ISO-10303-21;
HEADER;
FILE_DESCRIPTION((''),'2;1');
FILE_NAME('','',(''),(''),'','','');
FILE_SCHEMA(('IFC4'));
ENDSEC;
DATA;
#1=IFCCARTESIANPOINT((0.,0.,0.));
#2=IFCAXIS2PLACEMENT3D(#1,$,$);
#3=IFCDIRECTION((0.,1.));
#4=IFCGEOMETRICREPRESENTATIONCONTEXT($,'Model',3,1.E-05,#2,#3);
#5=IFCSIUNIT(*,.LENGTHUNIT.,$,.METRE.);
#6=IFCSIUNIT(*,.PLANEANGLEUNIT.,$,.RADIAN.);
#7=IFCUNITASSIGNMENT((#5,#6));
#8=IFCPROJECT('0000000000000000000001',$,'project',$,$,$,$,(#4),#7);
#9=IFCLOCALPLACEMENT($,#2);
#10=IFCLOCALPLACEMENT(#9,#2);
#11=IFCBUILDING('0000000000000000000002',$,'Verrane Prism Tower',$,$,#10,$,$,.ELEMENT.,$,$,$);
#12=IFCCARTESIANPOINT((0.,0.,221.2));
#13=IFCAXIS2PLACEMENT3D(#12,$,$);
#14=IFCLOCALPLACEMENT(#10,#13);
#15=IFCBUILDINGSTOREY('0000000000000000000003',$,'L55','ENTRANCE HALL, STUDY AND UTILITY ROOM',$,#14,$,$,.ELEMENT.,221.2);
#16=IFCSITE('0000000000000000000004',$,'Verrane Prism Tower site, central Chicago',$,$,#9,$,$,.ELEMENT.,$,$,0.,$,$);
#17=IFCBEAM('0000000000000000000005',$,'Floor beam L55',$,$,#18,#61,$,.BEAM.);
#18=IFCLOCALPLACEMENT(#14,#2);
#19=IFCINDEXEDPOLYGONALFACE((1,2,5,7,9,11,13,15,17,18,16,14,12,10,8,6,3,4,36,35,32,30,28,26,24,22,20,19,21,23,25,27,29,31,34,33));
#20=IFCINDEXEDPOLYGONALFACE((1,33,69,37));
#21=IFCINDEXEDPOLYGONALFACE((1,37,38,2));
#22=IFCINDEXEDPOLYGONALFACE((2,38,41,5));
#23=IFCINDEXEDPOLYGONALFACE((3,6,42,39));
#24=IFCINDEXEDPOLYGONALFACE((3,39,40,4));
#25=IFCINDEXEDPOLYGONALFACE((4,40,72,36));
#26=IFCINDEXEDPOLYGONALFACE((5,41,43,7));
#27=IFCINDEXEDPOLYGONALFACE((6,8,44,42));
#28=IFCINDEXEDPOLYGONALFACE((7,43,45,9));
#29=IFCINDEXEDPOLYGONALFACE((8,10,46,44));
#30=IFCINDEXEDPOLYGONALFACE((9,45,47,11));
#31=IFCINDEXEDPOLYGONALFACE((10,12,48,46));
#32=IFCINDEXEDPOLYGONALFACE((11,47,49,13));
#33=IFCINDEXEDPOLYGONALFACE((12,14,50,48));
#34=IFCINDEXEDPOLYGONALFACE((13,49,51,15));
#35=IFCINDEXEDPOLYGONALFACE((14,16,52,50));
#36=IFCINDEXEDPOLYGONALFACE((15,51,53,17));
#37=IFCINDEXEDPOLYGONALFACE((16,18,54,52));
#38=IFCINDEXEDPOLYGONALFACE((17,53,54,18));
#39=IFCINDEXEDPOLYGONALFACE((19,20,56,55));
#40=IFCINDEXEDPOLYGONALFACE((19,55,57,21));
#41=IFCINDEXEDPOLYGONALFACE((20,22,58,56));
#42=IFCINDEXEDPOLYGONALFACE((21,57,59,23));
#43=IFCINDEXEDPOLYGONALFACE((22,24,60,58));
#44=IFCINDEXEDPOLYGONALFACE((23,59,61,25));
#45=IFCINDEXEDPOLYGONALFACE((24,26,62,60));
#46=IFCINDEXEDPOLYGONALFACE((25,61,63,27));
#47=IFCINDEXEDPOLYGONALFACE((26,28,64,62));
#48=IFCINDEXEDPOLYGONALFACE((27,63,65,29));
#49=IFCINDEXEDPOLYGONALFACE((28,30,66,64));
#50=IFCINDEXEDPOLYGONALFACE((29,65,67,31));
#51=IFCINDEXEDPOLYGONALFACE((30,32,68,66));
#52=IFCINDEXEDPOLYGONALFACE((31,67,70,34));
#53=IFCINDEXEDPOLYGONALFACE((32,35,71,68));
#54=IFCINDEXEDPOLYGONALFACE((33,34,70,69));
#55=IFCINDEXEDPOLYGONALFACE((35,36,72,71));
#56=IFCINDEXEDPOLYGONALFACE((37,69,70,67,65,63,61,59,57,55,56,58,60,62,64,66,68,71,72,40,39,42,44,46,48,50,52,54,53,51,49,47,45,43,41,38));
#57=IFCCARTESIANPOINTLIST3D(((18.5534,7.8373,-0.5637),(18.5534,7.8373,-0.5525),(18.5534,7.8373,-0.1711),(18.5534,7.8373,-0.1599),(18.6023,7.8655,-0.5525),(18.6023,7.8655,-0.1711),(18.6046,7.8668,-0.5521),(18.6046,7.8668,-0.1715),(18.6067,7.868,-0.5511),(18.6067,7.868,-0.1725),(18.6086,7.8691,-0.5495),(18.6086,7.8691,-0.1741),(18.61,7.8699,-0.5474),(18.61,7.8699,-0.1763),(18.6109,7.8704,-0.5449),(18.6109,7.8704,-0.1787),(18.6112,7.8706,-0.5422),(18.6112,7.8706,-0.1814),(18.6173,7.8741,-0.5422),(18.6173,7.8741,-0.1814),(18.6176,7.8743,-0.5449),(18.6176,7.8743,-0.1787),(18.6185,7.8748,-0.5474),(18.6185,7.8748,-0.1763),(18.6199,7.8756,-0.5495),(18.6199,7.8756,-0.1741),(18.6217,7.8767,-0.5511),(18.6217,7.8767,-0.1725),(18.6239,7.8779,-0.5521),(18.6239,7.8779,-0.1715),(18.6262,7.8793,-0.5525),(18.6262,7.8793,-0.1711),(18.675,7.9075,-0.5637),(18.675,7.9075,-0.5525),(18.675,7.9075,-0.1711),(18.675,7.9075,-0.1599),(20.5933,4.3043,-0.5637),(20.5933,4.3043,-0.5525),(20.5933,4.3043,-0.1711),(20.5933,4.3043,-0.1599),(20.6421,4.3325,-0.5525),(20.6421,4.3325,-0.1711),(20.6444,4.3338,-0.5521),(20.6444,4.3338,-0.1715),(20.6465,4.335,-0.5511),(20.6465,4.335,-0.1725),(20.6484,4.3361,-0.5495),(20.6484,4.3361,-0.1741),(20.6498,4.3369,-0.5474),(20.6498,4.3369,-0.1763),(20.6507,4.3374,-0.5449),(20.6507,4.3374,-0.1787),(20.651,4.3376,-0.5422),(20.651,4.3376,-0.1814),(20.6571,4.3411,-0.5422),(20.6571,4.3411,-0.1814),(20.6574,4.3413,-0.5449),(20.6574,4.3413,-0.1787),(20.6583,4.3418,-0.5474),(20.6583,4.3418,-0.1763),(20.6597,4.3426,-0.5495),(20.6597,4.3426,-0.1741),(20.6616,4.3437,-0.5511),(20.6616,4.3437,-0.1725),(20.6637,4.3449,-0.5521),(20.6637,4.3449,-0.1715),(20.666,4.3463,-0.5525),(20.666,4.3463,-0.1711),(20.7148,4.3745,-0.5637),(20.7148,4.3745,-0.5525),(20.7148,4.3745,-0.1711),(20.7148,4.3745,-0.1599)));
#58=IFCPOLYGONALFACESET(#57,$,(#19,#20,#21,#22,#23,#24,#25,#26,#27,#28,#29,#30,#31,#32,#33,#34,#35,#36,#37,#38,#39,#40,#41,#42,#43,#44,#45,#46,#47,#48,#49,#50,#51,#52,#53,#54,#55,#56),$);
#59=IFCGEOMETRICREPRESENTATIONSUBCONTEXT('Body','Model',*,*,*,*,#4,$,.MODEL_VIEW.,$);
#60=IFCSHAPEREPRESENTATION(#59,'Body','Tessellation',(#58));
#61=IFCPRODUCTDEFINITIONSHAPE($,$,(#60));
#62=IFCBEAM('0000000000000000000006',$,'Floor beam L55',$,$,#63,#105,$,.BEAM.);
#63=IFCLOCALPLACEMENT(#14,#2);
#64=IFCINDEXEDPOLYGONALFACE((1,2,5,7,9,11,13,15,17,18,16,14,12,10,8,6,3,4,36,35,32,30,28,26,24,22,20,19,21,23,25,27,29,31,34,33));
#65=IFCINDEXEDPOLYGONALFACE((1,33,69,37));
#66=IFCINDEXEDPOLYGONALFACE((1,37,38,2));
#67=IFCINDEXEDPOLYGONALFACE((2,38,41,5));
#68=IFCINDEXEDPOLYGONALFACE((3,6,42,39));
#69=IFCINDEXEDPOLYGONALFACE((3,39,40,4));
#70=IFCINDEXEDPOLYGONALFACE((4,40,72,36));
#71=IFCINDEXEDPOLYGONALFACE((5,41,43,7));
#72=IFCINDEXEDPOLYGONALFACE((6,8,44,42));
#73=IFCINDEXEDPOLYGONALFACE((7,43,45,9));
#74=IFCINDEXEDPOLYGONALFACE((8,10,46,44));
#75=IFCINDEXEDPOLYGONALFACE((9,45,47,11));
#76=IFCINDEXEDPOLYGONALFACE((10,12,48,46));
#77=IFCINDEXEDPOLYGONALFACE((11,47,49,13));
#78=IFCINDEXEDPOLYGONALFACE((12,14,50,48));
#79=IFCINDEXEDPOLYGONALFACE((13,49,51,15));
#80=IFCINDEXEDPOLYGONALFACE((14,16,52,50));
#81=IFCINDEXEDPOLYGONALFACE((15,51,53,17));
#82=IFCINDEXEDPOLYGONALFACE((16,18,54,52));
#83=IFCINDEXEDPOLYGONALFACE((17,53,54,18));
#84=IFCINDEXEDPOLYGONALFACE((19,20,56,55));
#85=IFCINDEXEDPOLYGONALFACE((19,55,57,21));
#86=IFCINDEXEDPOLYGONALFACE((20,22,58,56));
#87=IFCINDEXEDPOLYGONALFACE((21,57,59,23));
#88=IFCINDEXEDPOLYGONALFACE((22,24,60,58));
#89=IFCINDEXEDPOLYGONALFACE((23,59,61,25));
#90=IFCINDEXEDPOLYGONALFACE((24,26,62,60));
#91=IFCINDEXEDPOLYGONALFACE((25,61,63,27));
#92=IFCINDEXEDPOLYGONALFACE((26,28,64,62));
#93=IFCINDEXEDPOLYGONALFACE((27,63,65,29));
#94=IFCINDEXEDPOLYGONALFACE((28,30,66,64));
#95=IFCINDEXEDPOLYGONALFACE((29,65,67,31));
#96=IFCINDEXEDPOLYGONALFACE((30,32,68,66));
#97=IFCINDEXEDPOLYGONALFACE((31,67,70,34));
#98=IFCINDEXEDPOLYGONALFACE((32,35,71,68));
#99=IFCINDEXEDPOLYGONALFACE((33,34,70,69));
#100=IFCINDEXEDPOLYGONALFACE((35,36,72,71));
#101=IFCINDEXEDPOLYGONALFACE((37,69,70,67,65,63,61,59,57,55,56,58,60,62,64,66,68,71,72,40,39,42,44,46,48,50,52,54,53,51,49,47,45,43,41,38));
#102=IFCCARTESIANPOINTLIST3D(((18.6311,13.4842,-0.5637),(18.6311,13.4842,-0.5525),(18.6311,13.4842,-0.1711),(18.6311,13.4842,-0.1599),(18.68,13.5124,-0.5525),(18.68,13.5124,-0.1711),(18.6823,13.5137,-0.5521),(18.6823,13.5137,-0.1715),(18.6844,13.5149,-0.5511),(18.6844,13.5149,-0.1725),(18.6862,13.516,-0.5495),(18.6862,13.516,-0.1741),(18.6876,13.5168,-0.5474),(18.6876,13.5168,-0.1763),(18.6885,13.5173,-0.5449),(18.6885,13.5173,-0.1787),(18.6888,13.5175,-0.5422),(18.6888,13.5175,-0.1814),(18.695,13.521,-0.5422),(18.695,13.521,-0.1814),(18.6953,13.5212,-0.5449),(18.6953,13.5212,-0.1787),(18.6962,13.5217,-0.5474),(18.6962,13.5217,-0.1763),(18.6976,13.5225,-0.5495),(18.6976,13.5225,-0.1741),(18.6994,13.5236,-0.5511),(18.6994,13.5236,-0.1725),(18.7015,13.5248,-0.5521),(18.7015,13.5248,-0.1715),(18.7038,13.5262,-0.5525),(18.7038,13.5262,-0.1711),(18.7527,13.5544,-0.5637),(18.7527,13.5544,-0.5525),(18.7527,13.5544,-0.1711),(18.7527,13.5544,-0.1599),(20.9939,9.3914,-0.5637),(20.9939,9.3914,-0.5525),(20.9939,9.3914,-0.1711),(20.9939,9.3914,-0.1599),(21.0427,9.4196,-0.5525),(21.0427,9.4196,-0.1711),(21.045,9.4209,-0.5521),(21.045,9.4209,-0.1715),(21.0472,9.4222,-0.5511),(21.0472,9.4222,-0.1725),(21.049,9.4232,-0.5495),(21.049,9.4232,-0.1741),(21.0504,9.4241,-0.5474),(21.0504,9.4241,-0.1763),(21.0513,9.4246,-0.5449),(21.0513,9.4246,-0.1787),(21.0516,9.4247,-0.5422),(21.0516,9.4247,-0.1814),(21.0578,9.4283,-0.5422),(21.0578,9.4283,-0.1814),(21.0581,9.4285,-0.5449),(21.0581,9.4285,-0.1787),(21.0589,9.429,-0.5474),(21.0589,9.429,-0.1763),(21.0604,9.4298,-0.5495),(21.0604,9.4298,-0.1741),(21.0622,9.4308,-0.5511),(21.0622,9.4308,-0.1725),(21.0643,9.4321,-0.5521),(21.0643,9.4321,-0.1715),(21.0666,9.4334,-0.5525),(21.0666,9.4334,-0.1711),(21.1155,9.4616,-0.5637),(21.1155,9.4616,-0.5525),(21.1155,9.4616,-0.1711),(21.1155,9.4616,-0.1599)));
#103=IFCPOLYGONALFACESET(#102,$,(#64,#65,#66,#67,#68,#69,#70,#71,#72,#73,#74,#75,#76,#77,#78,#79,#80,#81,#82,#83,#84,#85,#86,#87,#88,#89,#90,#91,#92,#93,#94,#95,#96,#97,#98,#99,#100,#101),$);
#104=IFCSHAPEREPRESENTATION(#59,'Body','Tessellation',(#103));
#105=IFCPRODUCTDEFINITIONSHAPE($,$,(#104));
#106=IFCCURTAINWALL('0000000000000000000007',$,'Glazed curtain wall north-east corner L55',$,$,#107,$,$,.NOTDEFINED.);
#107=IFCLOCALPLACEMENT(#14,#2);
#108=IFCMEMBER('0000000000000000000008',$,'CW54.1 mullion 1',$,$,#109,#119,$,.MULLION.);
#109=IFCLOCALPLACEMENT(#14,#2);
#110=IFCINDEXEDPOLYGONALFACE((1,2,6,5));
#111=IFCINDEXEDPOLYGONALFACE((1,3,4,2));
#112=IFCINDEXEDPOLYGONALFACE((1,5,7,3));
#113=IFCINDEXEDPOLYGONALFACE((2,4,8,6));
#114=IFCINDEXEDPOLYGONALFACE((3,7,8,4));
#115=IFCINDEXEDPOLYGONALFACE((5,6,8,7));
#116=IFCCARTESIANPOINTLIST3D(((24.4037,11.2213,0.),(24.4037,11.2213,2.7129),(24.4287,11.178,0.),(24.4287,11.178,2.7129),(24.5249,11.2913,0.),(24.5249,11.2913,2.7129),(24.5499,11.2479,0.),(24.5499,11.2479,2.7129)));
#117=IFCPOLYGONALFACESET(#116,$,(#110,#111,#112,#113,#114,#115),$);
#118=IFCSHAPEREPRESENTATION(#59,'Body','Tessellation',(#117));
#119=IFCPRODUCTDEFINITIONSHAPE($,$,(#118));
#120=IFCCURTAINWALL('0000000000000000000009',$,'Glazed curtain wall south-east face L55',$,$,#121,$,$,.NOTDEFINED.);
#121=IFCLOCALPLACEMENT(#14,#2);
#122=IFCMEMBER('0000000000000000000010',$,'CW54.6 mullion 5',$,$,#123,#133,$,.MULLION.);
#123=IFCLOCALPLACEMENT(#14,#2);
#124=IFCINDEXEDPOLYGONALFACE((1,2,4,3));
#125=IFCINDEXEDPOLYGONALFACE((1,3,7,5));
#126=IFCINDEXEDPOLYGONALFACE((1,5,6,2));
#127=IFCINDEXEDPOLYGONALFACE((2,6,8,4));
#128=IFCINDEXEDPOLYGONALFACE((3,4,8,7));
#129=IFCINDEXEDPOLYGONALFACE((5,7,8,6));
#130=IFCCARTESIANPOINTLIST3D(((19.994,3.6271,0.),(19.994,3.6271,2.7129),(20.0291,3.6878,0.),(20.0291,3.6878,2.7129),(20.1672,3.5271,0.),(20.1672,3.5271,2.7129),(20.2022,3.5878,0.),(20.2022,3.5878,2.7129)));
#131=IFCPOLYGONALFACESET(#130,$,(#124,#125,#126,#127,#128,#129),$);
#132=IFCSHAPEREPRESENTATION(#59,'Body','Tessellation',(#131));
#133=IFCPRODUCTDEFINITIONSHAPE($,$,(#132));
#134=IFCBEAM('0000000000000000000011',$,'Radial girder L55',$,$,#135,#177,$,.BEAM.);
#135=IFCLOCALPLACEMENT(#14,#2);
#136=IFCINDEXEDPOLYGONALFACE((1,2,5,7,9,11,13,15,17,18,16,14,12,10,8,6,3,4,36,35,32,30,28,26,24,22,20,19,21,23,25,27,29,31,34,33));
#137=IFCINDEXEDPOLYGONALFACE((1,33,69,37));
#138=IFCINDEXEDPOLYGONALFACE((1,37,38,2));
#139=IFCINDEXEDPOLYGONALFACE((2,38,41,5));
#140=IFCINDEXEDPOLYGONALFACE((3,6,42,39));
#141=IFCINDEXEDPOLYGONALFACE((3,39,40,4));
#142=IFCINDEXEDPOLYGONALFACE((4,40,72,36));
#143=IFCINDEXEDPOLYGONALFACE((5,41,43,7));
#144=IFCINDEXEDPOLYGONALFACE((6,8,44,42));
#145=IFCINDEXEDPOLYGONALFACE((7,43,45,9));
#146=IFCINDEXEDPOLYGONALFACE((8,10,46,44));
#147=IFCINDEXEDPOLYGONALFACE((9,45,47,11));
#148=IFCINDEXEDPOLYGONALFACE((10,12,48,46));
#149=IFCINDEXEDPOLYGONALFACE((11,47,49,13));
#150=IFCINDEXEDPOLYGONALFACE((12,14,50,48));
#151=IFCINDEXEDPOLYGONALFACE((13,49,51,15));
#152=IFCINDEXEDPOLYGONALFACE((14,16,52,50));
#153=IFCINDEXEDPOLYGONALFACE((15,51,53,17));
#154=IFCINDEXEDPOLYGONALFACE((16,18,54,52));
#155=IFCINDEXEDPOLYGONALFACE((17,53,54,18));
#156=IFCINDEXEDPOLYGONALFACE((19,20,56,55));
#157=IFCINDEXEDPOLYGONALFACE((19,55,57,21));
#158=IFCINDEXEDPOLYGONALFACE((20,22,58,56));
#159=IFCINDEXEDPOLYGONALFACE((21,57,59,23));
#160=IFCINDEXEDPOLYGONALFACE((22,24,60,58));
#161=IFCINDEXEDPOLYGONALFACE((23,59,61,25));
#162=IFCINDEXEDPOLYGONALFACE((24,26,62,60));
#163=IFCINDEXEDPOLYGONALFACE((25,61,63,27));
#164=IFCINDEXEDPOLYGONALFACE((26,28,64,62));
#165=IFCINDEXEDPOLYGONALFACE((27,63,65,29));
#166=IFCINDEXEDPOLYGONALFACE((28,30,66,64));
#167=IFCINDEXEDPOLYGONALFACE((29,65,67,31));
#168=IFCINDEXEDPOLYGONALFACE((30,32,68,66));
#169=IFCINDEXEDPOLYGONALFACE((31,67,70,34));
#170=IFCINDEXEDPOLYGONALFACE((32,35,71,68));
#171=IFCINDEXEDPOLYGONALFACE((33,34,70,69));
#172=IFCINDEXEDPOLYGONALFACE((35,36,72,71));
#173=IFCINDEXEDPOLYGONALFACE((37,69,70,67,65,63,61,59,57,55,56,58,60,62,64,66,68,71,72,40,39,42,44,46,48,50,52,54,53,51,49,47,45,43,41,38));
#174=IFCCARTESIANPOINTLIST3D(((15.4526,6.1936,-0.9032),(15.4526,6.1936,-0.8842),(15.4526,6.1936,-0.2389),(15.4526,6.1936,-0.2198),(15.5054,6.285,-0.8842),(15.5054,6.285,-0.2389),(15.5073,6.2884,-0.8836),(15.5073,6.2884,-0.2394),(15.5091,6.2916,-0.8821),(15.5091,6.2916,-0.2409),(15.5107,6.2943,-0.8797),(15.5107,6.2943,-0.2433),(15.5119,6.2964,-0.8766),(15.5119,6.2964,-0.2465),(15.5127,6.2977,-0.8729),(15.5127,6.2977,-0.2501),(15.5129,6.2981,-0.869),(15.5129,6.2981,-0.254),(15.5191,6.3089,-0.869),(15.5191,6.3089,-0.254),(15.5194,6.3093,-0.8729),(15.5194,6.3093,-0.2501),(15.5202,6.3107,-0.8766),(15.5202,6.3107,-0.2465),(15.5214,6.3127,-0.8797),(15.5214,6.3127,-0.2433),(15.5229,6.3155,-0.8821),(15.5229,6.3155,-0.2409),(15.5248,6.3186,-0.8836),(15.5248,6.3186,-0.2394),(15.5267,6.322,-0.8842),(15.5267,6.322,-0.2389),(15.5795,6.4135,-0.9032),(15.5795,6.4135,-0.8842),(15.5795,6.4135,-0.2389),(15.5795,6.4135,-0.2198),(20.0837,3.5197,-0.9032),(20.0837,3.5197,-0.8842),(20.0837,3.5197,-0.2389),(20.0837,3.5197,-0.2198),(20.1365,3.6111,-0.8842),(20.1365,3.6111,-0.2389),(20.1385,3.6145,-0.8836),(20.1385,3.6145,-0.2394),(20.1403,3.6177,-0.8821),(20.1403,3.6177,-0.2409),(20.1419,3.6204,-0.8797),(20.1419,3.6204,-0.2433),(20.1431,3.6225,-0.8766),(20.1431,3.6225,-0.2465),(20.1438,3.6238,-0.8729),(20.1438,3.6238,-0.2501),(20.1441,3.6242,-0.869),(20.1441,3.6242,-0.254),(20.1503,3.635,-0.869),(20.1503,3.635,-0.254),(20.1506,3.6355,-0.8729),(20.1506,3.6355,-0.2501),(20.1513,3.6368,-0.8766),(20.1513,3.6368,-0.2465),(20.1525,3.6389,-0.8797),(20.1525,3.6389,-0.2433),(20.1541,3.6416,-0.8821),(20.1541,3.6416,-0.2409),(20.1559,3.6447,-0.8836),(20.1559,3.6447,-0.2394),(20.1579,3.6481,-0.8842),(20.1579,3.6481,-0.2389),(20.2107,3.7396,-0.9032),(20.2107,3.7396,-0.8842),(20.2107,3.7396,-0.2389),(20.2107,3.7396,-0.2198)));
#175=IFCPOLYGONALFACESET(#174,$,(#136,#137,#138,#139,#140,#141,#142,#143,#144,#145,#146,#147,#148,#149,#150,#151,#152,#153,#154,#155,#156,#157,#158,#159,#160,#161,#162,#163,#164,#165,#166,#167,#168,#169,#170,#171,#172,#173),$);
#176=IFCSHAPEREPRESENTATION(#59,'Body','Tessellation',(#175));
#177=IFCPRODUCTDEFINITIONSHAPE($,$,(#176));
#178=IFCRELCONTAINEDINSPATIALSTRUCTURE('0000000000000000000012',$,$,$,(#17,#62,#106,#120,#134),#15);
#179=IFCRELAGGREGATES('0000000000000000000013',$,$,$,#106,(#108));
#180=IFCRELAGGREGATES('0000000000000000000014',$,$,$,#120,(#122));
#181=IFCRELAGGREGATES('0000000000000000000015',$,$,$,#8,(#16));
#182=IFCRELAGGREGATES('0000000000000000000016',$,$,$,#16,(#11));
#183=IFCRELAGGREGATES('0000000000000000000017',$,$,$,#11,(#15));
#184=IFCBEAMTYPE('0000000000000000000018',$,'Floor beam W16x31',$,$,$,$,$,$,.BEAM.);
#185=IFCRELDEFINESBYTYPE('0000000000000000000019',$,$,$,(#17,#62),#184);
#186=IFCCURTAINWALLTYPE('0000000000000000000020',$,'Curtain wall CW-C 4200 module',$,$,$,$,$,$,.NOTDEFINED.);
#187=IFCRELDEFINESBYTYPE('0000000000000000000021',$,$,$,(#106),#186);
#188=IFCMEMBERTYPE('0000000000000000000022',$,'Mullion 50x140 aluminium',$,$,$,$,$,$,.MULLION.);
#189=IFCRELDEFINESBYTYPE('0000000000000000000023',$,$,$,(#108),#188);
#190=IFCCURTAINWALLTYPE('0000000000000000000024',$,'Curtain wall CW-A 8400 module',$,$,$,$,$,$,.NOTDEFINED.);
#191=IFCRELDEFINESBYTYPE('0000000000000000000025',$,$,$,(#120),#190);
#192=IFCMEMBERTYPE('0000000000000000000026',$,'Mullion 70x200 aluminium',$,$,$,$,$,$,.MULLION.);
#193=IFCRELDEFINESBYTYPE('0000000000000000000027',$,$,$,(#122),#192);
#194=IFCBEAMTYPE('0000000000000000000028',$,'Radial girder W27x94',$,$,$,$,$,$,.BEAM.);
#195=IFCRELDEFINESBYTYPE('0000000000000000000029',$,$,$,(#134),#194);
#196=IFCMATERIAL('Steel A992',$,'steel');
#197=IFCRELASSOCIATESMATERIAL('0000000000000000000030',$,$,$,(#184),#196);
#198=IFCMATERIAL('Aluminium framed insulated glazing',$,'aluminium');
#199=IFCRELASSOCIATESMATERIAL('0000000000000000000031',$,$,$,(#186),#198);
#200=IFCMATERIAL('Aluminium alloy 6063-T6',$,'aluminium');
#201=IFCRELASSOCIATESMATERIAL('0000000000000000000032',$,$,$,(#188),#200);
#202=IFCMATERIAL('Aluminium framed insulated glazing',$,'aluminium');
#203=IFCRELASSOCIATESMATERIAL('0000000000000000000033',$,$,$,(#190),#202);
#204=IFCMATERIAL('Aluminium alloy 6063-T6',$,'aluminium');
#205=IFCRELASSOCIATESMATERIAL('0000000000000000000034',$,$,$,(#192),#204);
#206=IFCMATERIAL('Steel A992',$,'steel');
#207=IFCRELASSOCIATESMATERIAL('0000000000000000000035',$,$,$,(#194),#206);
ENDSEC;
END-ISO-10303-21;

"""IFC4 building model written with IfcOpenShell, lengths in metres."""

from ifc_helpers import new_model, si_unit, direction, frame, origin, origin_2d, place, context, subcontext, project, spatial, rectangle, i_section, extrude, material, material_profile, profile_set, type_object, element, aggregate, save


model = new_model("IFC4")

# Units and contexts
model_context = context("Model", 3, precision=1e-05, world=origin(), true_north=direction((0.0, 1.0)))
body_context = subcontext(model_context, "Body", "Model", "MODEL_VIEW")
ifc_project = project(units=[si_unit("LENGTHUNIT", "METRE"), si_unit("PLANEANGLEUNIT", "RADIAN")], contexts=[model_context])

# Site, building, storey
site_placement = place(None, origin())
site = spatial("IfcSite", under=ifc_project, at=site_placement, Name="Verrane Prism Tower site, central Chicago", CompositionType="ELEMENT", RefElevation=0.0)
building_placement = place(site_placement, origin())
building = spatial("IfcBuilding", under=site, at=building_placement, Name="Verrane Prism Tower", CompositionType="ELEMENT")
storey_placement = place(building_placement, frame((0.0, 0.0, 221.2)))
storey = spatial("IfcBuildingStorey", under=building, at=storey_placement, Name="L55", Description="ENTRANCE HALL, STUDY AND UTILITY ROOM", CompositionType="ELEMENT", Elevation=221.2)

# Beams
ifc_material_1 = material(Name="Steel A992", Category="steel")
ifc_material_profile_1 = material_profile(ifc_material_1, i_section(OverallWidth=0.1404, OverallDepth=0.4038, WebThickness=0.0071, FlangeThickness=0.0112, FilletRadius=0.0103, at=origin_2d()), Name="W16x31")
ifc_profile_set_1 = profile_set([ifc_material_profile_1], Name="Steel A992")
beam_type_1 = type_object("IfcBeamType", Name="Floor beam W16x31", PredefinedType="BEAM", material=ifc_profile_set_1)
beam_1_placement = place(storey_placement, frame((20.6541, 4.3394, -0.3618), z_axis=(-0.500007, 0.866021, 0.0), x_axis=(-0.866021, -0.500007, 0.0)))
element("IfcBeam", 1, at=beam_1_placement, inside=storey, type_object=beam_type_1, Name="Floor beam L55", PredefinedType="BEAM", context=body_context, shape_type="SweptSolid", body=[
    extrude(i_section(OverallWidth=0.1404, OverallDepth=0.4038, WebThickness=0.0071, FlangeThickness=0.0112, FilletRadius=0.0103, at=origin_2d()), origin(), (0.0, 0.0, 1.0), 4.0796),
])
beam_2_placement = place(storey_placement, frame((21.0547, 9.4265, -0.3618), z_axis=(-0.499973, 0.866041, 0.0), x_axis=(-0.866041, -0.499973, 0.0)))
element("IfcBeam", 2, at=beam_2_placement, inside=storey, type_object=beam_type_1, Name="Floor beam L55", PredefinedType="BEAM", context=body_context, shape_type="SweptSolid", body=[
    extrude(i_section(OverallWidth=0.1404, OverallDepth=0.4038, WebThickness=0.0071, FlangeThickness=0.0112, FilletRadius=0.0103, at=origin_2d()), origin(), (0.0, 0.0, 1.0), 4.7258),
])

# Curtain walls, members
ifc_material_2 = material(Name="Aluminium framed insulated glazing", Category="aluminium")
curtain_wall_type_1 = type_object("IfcCurtainWallType", Name="Curtain wall CW-C 4200 module", PredefinedType="NOTDEFINED", material=ifc_material_2)
curtain_wall_1_placement = place(storey_placement, origin())
curtain_wall_1 = element("IfcCurtainWall", 3, at=curtain_wall_1_placement, inside=storey, type_object=curtain_wall_type_1, Name="Glazed curtain wall north-east corner L55", PredefinedType="NOTDEFINED")
ifc_material_3 = material(Name="Aluminium alloy 6063-T6", Category="aluminium")
ifc_material_profile_2 = material_profile(ifc_material_3, rectangle(XDim=0.1399, YDim=0.05, at=origin_2d()), Name="Mullion 50x140 aluminium")
ifc_profile_set_2 = profile_set([ifc_material_profile_2], Name="Aluminium alloy 6063-T6")
member_type_1 = type_object("IfcMemberType", Name="Mullion 50x140 aluminium", PredefinedType="MULLION", material=ifc_profile_set_2)
member_1_placement = place(storey_placement, frame((24.4768, 11.2346, 0.0), z_axis=(0.0, 0.0, 1.0), x_axis=(-0.866028, -0.499995, 0.0)))
member_1 = element("IfcMember", 4, at=member_1_placement, type_object=member_type_1, Name="CW54.1 mullion 1", PredefinedType="MULLION", context=body_context, shape_type="SweptSolid", body=[
    extrude(rectangle(XDim=0.1399, YDim=0.05, at=origin_2d()), origin(), (0.0, 0.0, 1.0), 2.7129),
])
ifc_material_4 = material(Name="Aluminium framed insulated glazing", Category="aluminium")
curtain_wall_type_2 = type_object("IfcCurtainWallType", Name="Curtain wall CW-A 8400 module", PredefinedType="NOTDEFINED", material=ifc_material_4)
curtain_wall_2_placement = place(storey_placement, origin())
curtain_wall_2 = element("IfcCurtainWall", 5, at=curtain_wall_2_placement, inside=storey, type_object=curtain_wall_type_2, Name="Glazed curtain wall south-east face L55", PredefinedType="NOTDEFINED")
ifc_material_5 = material(Name="Aluminium alloy 6063-T6", Category="aluminium")
ifc_material_profile_3 = material_profile(ifc_material_5, rectangle(XDim=0.2, YDim=0.0701, at=origin_2d()), Name="Mullion 70x200 aluminium")
ifc_profile_set_3 = profile_set([ifc_material_profile_3], Name="Aluminium alloy 6063-T6")
member_type_2 = type_object("IfcMemberType", Name="Mullion 70x200 aluminium", PredefinedType="MULLION", material=ifc_profile_set_3)
member_2_placement = place(storey_placement, frame((20.0981, 3.6074, 0.0), z_axis=(0.0, 0.0, 1.0), x_axis=(-0.866025, 0.500001, 0.0)))
member_2 = element("IfcMember", 6, at=member_2_placement, type_object=member_type_2, Name="CW54.6 mullion 5", PredefinedType="MULLION", context=body_context, shape_type="SweptSolid", body=[
    extrude(rectangle(XDim=0.2, YDim=0.0701, at=origin_2d()), origin(), (0.0, 0.0, 1.0), 2.7129),
])

# Beam
ifc_material_6 = material(Name="Steel A992", Category="steel")
ifc_material_profile_4 = material_profile(ifc_material_6, i_section(OverallWidth=0.2539, OverallDepth=0.6833, WebThickness=0.0125, FlangeThickness=0.019, FilletRadius=0.0151, at=origin_2d()), Name="W27x94")
ifc_profile_set_4 = profile_set([ifc_material_profile_4], Name="Steel A992")
beam_type_2 = type_object("IfcBeamType", Name="Radial girder W27x94", PredefinedType="BEAM", material=ifc_profile_set_4)
beam_3_placement = place(storey_placement, frame((20.1472, 3.6296, -0.5615), z_axis=(-0.866021, 0.500008, 0.0), x_axis=(-0.500008, -0.866021, 0.0)))
element("IfcBeam", 7, at=beam_3_placement, inside=storey, type_object=beam_type_2, Name="Radial girder L55", PredefinedType="BEAM", context=body_context, shape_type="SweptSolid", body=[
    extrude(i_section(OverallWidth=0.2539, OverallDepth=0.6833, WebThickness=0.0125, FlangeThickness=0.019, FilletRadius=0.0151, at=origin_2d()), origin(), (0.0, 0.0, 1.0), 5.3477),
])

aggregate(curtain_wall_1, [member_1])

aggregate(curtain_wall_2, [member_2])

save(model, "model.ifc")
